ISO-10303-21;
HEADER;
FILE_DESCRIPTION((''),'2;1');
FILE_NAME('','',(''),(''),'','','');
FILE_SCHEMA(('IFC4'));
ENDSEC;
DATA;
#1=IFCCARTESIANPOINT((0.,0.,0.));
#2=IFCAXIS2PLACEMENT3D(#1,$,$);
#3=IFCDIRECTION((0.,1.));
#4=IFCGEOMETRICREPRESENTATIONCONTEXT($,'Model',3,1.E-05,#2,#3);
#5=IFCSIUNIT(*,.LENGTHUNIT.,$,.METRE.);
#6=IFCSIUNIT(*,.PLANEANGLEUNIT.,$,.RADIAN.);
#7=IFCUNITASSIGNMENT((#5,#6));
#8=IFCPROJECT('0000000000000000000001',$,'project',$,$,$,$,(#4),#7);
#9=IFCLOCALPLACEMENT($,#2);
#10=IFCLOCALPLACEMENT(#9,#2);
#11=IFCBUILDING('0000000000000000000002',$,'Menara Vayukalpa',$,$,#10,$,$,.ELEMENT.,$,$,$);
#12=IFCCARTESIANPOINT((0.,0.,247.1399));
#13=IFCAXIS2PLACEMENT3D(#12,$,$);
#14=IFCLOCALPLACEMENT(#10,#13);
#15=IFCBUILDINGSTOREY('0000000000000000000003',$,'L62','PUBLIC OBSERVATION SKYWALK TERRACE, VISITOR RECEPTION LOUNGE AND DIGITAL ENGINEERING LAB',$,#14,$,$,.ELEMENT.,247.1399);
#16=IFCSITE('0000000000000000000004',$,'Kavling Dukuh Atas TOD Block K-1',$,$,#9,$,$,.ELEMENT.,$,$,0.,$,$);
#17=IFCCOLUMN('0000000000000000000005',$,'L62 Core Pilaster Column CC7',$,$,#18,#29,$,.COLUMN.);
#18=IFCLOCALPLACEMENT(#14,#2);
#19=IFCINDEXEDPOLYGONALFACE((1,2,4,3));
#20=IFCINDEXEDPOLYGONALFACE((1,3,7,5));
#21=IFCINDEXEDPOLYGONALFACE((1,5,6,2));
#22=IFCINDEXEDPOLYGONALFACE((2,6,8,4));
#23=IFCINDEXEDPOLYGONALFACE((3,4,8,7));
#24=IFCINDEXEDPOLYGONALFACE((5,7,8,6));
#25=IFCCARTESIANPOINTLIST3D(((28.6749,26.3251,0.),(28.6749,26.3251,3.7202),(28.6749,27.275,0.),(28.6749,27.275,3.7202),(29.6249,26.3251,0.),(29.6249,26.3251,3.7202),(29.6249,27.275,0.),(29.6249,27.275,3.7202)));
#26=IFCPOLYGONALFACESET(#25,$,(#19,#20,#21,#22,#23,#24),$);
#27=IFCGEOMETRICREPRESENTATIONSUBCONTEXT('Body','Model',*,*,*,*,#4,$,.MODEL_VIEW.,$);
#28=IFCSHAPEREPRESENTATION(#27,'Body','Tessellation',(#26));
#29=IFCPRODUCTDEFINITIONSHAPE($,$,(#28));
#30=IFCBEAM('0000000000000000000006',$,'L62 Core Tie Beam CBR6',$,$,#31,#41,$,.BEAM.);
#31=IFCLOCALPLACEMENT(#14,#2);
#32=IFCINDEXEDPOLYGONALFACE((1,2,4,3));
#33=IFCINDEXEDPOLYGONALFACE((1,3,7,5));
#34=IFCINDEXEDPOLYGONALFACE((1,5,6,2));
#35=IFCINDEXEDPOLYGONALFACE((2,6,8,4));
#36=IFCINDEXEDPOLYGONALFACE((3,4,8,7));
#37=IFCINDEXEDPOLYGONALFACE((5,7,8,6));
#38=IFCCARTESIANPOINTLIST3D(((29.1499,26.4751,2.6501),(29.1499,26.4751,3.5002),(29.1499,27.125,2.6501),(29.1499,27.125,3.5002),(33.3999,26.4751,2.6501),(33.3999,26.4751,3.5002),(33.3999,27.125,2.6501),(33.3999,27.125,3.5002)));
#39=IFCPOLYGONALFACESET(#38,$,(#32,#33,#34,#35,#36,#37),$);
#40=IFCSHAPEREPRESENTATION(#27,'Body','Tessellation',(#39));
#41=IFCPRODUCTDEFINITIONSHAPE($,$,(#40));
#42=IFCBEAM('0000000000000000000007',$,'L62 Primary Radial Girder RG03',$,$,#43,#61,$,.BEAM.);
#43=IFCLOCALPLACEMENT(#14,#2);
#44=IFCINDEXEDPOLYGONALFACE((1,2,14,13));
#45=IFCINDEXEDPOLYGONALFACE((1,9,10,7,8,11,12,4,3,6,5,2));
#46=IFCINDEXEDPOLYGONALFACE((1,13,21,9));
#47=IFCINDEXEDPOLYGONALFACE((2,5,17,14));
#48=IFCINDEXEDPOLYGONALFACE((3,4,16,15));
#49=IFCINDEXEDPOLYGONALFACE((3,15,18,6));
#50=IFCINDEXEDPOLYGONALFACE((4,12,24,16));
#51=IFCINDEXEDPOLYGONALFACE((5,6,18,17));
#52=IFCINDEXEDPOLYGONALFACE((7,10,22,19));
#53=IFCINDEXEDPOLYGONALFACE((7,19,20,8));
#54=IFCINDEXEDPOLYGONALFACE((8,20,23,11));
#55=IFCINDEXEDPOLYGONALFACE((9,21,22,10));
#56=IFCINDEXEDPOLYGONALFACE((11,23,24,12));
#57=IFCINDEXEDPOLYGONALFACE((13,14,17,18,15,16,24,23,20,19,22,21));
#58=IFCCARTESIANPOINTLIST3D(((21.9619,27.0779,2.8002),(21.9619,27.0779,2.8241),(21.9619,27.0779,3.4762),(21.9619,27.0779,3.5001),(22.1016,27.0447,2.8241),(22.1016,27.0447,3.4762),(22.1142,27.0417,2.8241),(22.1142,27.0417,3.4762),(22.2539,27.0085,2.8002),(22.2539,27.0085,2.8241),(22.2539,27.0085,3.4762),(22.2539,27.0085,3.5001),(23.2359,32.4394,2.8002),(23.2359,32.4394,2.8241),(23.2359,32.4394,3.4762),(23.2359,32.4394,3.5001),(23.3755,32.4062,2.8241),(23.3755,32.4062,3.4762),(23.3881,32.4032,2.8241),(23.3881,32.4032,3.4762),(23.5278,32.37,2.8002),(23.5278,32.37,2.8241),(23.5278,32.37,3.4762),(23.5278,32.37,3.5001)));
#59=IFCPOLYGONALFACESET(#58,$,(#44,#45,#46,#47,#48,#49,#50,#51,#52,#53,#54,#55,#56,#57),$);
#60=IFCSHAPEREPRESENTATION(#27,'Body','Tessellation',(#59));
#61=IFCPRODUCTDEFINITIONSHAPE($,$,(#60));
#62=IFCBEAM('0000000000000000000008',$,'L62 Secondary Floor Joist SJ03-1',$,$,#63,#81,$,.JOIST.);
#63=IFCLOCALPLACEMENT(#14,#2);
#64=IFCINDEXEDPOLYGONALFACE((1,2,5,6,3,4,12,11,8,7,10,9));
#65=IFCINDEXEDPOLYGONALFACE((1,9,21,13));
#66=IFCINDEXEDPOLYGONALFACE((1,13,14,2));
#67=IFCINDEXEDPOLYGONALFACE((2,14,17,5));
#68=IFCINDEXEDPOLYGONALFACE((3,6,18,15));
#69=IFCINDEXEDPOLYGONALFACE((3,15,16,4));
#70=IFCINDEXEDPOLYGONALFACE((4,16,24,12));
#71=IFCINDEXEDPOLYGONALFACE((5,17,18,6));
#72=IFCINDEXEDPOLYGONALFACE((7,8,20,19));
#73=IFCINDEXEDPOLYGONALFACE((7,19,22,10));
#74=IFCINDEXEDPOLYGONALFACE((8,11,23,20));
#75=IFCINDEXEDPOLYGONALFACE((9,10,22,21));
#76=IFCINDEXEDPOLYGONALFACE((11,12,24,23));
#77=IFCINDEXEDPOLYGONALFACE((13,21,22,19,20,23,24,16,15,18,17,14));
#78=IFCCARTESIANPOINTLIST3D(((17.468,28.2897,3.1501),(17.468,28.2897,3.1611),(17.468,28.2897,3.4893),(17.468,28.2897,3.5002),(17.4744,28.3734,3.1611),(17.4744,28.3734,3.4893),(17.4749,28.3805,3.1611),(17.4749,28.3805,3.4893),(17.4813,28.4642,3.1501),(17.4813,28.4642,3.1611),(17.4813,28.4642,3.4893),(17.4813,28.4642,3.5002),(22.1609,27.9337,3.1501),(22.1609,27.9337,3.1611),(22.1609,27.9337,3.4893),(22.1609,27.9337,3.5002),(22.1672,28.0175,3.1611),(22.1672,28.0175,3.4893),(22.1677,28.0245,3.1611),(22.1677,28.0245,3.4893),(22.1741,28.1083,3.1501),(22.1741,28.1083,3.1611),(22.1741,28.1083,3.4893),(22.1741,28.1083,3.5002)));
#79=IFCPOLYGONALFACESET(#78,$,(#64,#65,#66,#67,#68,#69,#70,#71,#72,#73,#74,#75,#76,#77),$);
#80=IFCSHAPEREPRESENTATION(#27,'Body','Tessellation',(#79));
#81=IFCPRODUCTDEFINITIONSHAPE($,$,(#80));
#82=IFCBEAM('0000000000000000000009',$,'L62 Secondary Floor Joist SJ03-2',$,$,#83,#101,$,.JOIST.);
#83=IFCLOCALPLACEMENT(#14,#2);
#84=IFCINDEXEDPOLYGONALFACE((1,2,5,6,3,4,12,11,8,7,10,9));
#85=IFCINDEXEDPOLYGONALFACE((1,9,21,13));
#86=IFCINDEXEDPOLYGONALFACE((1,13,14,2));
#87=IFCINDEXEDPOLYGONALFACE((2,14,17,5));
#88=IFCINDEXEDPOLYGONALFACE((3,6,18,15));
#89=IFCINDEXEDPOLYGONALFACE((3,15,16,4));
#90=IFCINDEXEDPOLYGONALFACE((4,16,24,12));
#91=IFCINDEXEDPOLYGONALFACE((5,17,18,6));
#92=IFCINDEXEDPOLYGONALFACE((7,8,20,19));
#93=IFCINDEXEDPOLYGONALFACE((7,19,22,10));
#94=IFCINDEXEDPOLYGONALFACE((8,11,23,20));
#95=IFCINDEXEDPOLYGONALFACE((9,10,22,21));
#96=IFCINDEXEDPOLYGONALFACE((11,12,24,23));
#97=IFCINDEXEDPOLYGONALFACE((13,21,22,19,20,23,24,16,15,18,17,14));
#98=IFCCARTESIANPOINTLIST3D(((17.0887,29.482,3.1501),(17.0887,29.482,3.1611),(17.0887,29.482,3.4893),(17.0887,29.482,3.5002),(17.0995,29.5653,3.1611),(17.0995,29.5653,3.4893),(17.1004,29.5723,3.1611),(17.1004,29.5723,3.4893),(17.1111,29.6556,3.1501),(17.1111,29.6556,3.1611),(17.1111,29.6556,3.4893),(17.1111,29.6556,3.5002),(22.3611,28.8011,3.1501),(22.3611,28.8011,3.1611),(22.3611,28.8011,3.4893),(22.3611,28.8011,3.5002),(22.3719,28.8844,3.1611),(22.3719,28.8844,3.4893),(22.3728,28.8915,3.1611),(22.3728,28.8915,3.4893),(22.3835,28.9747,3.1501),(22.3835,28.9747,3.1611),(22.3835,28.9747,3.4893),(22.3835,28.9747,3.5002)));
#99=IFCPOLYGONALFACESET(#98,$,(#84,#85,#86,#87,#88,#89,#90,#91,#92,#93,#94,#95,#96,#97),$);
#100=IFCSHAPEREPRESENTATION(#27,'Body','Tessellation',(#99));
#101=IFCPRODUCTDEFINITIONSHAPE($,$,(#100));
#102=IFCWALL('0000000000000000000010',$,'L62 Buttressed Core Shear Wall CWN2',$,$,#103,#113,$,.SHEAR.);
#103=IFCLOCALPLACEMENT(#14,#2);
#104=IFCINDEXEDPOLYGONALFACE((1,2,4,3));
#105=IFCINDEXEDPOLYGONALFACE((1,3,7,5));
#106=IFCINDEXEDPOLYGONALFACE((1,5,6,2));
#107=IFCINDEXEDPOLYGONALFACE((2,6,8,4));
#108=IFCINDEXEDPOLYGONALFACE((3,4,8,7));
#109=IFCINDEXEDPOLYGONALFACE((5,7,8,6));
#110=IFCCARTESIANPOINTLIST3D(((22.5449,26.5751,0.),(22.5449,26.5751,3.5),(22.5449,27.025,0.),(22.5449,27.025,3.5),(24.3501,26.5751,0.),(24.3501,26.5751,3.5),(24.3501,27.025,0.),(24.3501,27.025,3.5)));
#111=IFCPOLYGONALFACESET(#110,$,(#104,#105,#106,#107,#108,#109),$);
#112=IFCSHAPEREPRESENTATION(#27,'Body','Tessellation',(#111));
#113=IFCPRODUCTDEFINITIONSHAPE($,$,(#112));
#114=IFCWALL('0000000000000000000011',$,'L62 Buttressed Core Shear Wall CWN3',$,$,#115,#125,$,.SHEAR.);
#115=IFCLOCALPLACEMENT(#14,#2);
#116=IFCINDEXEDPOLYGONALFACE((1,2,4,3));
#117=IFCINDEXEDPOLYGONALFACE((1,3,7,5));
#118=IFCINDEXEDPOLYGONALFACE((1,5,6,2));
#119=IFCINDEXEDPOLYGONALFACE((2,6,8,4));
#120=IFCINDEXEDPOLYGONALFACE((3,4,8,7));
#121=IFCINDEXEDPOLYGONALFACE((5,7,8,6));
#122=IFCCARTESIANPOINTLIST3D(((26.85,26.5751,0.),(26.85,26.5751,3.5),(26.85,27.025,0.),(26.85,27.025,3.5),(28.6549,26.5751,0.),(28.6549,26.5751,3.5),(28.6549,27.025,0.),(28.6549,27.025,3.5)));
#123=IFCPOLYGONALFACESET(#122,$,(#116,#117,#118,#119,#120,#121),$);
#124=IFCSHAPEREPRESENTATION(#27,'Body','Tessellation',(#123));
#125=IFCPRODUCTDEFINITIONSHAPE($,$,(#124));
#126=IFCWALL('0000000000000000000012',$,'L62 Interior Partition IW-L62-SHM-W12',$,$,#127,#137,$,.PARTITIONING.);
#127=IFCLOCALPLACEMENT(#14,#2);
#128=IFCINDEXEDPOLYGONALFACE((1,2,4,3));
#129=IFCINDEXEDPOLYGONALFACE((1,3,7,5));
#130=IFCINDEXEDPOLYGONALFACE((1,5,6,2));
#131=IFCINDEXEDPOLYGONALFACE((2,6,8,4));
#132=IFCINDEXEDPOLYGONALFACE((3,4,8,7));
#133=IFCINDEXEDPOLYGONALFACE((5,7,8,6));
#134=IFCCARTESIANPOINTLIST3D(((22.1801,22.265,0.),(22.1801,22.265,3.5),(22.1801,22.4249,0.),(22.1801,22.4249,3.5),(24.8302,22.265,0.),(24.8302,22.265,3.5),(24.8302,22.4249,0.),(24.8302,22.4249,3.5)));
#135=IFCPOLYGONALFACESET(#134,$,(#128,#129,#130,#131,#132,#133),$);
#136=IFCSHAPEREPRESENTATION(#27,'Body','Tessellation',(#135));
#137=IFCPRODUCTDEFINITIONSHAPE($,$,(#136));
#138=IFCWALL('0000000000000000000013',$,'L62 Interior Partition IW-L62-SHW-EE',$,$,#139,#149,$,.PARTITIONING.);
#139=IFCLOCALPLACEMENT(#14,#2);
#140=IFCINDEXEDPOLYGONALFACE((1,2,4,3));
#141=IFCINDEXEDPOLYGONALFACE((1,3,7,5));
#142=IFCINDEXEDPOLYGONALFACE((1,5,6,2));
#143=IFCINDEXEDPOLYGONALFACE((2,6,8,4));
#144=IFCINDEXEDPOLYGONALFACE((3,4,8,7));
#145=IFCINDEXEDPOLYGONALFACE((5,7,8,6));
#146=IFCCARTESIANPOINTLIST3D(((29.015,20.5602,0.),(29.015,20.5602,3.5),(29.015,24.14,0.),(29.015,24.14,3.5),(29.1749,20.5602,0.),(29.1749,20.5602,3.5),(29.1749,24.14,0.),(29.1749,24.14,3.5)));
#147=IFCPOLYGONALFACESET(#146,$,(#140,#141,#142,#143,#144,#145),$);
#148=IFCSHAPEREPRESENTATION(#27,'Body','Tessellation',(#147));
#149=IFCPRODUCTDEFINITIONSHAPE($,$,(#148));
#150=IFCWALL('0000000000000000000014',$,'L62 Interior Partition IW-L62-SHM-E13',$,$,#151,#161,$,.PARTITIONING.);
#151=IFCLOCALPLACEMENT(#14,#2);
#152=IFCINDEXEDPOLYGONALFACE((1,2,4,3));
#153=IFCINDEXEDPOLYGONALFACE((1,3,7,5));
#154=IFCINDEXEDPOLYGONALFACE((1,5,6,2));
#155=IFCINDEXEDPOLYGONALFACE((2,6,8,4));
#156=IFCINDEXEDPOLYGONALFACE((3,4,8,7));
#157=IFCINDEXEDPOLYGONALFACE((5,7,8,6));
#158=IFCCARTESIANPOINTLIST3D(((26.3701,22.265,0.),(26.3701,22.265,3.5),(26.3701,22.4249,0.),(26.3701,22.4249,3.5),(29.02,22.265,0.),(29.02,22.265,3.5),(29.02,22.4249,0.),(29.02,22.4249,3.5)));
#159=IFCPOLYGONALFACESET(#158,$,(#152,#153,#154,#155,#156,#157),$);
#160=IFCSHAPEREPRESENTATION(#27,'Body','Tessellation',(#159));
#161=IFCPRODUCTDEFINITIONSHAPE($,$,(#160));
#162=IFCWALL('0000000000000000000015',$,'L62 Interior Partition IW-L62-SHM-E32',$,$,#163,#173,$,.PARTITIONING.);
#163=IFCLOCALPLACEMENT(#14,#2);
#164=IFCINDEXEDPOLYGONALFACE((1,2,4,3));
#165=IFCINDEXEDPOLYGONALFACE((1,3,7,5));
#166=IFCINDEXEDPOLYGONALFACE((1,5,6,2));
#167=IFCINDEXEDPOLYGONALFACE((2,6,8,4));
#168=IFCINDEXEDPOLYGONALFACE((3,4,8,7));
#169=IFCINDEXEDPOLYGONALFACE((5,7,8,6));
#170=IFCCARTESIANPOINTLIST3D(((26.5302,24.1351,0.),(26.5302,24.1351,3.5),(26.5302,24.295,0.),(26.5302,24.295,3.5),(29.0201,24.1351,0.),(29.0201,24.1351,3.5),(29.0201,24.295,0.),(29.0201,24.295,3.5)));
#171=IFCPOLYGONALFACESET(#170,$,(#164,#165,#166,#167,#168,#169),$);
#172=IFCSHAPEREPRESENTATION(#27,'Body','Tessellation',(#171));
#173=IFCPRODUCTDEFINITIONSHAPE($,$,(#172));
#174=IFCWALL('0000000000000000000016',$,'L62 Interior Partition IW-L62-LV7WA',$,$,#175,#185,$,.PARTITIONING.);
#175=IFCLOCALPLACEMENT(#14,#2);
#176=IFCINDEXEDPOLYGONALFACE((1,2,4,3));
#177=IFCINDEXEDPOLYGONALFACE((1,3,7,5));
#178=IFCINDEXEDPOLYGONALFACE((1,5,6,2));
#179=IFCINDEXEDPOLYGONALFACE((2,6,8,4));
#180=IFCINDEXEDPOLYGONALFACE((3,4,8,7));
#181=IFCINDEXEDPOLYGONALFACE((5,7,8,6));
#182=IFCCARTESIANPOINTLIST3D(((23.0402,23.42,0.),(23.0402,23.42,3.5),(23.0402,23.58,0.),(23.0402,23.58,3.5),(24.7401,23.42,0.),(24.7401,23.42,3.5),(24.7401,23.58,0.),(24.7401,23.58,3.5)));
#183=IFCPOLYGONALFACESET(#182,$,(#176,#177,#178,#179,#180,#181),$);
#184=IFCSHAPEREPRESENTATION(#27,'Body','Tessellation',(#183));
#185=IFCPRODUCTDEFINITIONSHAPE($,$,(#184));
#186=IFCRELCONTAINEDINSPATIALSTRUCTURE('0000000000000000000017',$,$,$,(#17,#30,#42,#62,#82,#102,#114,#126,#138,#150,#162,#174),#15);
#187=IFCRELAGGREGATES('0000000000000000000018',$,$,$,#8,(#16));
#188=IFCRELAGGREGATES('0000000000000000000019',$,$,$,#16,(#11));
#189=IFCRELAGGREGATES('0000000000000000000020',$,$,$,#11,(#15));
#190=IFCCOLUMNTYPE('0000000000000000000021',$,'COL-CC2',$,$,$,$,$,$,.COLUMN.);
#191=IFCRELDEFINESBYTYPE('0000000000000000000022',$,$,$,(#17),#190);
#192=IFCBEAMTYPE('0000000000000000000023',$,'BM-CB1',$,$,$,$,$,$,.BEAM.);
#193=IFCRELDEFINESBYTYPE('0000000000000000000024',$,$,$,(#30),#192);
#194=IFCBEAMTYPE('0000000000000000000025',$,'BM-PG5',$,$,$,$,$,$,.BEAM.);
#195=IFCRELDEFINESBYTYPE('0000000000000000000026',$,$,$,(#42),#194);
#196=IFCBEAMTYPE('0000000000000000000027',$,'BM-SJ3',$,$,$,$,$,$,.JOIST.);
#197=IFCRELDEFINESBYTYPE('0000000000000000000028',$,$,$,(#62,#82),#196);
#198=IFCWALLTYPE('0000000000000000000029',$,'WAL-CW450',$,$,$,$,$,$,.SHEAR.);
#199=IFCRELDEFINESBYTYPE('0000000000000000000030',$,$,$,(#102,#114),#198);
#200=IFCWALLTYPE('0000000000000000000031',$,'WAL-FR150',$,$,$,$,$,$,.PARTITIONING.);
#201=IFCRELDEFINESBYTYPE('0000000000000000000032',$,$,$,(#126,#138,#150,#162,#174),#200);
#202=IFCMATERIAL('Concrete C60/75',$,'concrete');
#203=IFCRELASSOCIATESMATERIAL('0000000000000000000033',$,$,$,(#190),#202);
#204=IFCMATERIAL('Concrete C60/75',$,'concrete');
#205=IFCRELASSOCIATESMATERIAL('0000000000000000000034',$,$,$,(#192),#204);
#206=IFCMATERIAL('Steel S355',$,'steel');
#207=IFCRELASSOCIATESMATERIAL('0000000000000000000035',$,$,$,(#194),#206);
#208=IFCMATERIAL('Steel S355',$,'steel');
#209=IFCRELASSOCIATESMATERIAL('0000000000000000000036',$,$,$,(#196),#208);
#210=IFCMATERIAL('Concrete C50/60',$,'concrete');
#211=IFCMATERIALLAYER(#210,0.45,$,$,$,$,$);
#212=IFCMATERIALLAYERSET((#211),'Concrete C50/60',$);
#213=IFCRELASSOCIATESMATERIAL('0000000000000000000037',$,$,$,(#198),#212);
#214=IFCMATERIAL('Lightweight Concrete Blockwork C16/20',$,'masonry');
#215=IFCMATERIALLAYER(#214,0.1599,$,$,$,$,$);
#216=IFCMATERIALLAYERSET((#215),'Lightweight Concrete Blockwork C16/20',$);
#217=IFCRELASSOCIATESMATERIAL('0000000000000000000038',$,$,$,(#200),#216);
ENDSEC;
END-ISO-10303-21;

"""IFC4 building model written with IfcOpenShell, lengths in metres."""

from ifc_helpers import new_model, si_unit, direction, frame, frame_2d, origin, origin_2d, place, context, subcontext, project, spatial, rectangle, i_section, extrude, material, layer, layer_set, material_profile, profile_set, type_object, element, save


model = new_model("IFC4")

# Units and contexts
model_context = context("Model", 3, precision=1e-05, world=origin(), true_north=direction((0.0, 1.0)))
body_context = subcontext(model_context, "Body", "Model", "MODEL_VIEW")
ifc_project = project(units=[si_unit("LENGTHUNIT", "METRE"), si_unit("PLANEANGLEUNIT", "RADIAN")], contexts=[model_context])

# Site, building, storey
site_placement = place(None, origin())
site = spatial("IfcSite", under=ifc_project, at=site_placement, Name="Kavling Dukuh Atas TOD Block K-1", CompositionType="ELEMENT", RefElevation=0.0)
building_placement = place(site_placement, origin())
building = spatial("IfcBuilding", under=site, at=building_placement, Name="Menara Vayukalpa", CompositionType="ELEMENT")
storey_placement = place(building_placement, frame((0.0, 0.0, 247.1399)))
storey = spatial("IfcBuildingStorey", under=building, at=storey_placement, Name="L62", Description="PUBLIC OBSERVATION SKYWALK TERRACE, VISITOR RECEPTION LOUNGE AND DIGITAL ENGINEERING LAB", CompositionType="ELEMENT", Elevation=247.1399)

# Column
ifc_material_1 = material(Name="Concrete C60/75", Category="concrete")
ifc_material_profile_1 = material_profile(ifc_material_1, rectangle(XDim=0.95, YDim=0.95, at=origin_2d()), Name="RC 950x950")
ifc_profile_set_1 = profile_set([ifc_material_profile_1], Name="Concrete C60/75")
column_type = type_object("IfcColumnType", Name="COL-CC2", PredefinedType="COLUMN", material=ifc_profile_set_1)
column_placement = place(storey_placement, frame((29.1499, 26.8, 0.0), z_axis=(0.0, 0.0, 1.0), x_axis=(1.0, 0.0, 0.0)))
element("IfcColumn", 1, at=column_placement, inside=storey, type_object=column_type, Name="L62 Core Pilaster Column CC7", PredefinedType="COLUMN", context=body_context, shape_type="SweptSolid", body=[
    extrude(rectangle(XDim=0.95, YDim=0.95, at=origin_2d()), origin(), (0.0, 0.0, 1.0), 3.7202),
])

# Beams
ifc_material_2 = material(Name="Concrete C60/75", Category="concrete")
ifc_material_profile_2 = material_profile(ifc_material_2, rectangle(XDim=0.6499, YDim=0.8501, at=origin_2d()), Name="RC 650x850")
ifc_profile_set_2 = profile_set([ifc_material_profile_2], Name="Concrete C60/75")
beam_type_1 = type_object("IfcBeamType", Name="BM-CB1", PredefinedType="BEAM", material=ifc_profile_set_2)
beam_1_placement = place(storey_placement, frame((29.1499, 26.8, 3.0752), z_axis=(1.0, 0.0, 0.0), x_axis=(0.0, 1.0, 0.0)))
element("IfcBeam", 2, at=beam_1_placement, inside=storey, type_object=beam_type_1, Name="L62 Core Tie Beam CBR6", PredefinedType="BEAM", context=body_context, shape_type="SweptSolid", body=[
    extrude(rectangle(XDim=0.6499, YDim=0.8501, at=origin_2d()), origin(), (0.0, 0.0, 1.0), 4.25),
])
ifc_material_3 = material(Name="Steel S355", Category="steel")
ifc_material_profile_3 = material_profile(ifc_material_3, i_section(OverallWidth=0.3, OverallDepth=0.7, WebThickness=0.0129, FlangeThickness=0.0239, at=origin_2d()), Name="WF 700x300x13x24")
ifc_profile_set_3 = profile_set([ifc_material_profile_3], Name="Steel S355")
beam_type_2 = type_object("IfcBeamType", Name="BM-PG5", PredefinedType="BEAM", material=ifc_profile_set_3)
beam_2_placement = place(storey_placement, frame((22.1079, 27.0432, 3.1501), z_axis=(0.231167, 0.972914, 0.0), x_axis=(-0.972914, 0.231167, 0.0)))
element("IfcBeam", 3, at=beam_2_placement, inside=storey, type_object=beam_type_2, Name="L62 Primary Radial Girder RG03", PredefinedType="BEAM", context=body_context, shape_type="SweptSolid", body=[
    extrude(i_section(OverallWidth=0.3, OverallDepth=0.7, WebThickness=0.0129, FlangeThickness=0.0239, at=origin_2d()), origin(), (0.0, 0.0, 1.0), 5.5107),
])
ifc_material_4 = material(Name="Steel S355", Category="steel")
ifc_material_profile_4 = material_profile(ifc_material_4, i_section(OverallWidth=0.175, OverallDepth=0.3501, WebThickness=0.0071, FlangeThickness=0.011, at=origin_2d()), Name="WF 350x175x7x11")
ifc_profile_set_4 = profile_set([ifc_material_profile_4], Name="Steel S355")
beam_type_3 = type_object("IfcBeamType", Name="BM-SJ3", PredefinedType="JOIST", material=ifc_profile_set_4)
beam_3_placement = place(storey_placement, frame((22.1675, 28.021, 3.3252), z_axis=(-0.997136, 0.075633, 0.0), x_axis=(-0.075633, -0.997136, 0.0)))
element("IfcBeam", 4, at=beam_3_placement, inside=storey, type_object=beam_type_3, Name="L62 Secondary Floor Joist SJ03-1", PredefinedType="JOIST", context=body_context, shape_type="SweptSolid", body=[
    extrude(i_section(OverallWidth=0.175, OverallDepth=0.3501, WebThickness=0.0071, FlangeThickness=0.011, at=origin_2d()), origin(), (0.0, 0.0, 1.0), 4.7063),
])
beam_4_placement = place(storey_placement, frame((22.3723, 28.8879, 3.3252), z_axis=(-0.991764, 0.128081, 0.0), x_axis=(-0.128081, -0.991764, 0.0)))
element("IfcBeam", 5, at=beam_4_placement, inside=storey, type_object=beam_type_3, Name="L62 Secondary Floor Joist SJ03-2", PredefinedType="JOIST", context=body_context, shape_type="SweptSolid", body=[
    extrude(i_section(OverallWidth=0.175, OverallDepth=0.3501, WebThickness=0.0071, FlangeThickness=0.011, at=origin_2d()), origin(), (0.0, 0.0, 1.0), 5.3162),
])

# Walls
ifc_material_5 = material(Name="Concrete C50/60", Category="concrete")
ifc_layer_1 = layer(ifc_material_5, 0.45)
ifc_layer_set_1 = layer_set([ifc_layer_1], Name="Concrete C50/60")
wall_type_1 = type_object("IfcWallType", Name="WAL-CW450", PredefinedType="SHEAR", material=ifc_layer_set_1)
wall_1_placement = place(storey_placement, frame((22.5449, 26.8, 0.0), z_axis=(0.0, 0.0, 1.0), x_axis=(1.0, 0.0, 0.0)))
element("IfcWall", 6, at=wall_1_placement, inside=storey, type_object=wall_type_1, Name="L62 Buttressed Core Shear Wall CWN2", PredefinedType="SHEAR", context=body_context, shape_type="SweptSolid", body=[
    extrude(rectangle(XDim=1.8052, YDim=0.45, at=frame_2d((0.9026, 0.0))), origin(), (0.0, 0.0, 1.0), 3.5),
])
wall_2_placement = place(storey_placement, frame((26.8501, 26.8, 0.0), z_axis=(0.0, 0.0, 1.0), x_axis=(1.0, 0.0, 0.0)))
element("IfcWall", 7, at=wall_2_placement, inside=storey, type_object=wall_type_1, Name="L62 Buttressed Core Shear Wall CWN3", PredefinedType="SHEAR", context=body_context, shape_type="SweptSolid", body=[
    extrude(rectangle(XDim=1.8049, YDim=0.45, at=frame_2d((0.9023, 0.0))), origin(), (0.0, 0.0, 1.0), 3.5),
])
ifc_material_6 = material(Name="Lightweight Concrete Blockwork C16/20", Category="masonry")
ifc_layer_2 = layer(ifc_material_6, 0.1599)
ifc_layer_set_2 = layer_set([ifc_layer_2], Name="Lightweight Concrete Blockwork C16/20")
wall_type_2 = type_object("IfcWallType", Name="WAL-FR150", PredefinedType="PARTITIONING", material=ifc_layer_set_2)
wall_3_placement = place(storey_placement, frame((22.1799, 22.345, 0.0), z_axis=(0.0, 0.0, 1.0), x_axis=(1.0, 0.0, 0.0)))
element("IfcWall", 8, at=wall_3_placement, inside=storey, type_object=wall_type_2, Name="L62 Interior Partition IW-L62-SHM-W12", PredefinedType="PARTITIONING", context=body_context, shape_type="SweptSolid", body=[
    extrude(rectangle(XDim=2.6501, YDim=0.1599, at=frame_2d((1.3252, 0.0))), origin(), (0.0, 0.0, 1.0), 3.5),
])
wall_4_placement = place(storey_placement, frame((29.095, 20.5601, 0.0), z_axis=(0.0, 0.0, 1.0), x_axis=(0.0, 1.0, 0.0)))
element("IfcWall", 9, at=wall_4_placement, inside=storey, type_object=wall_type_2, Name="L62 Interior Partition IW-L62-SHW-EE", PredefinedType="PARTITIONING", context=body_context, shape_type="SweptSolid", body=[
    extrude(rectangle(XDim=3.5798, YDim=0.1599, at=frame_2d((1.79, 0.0))), origin(), (0.0, 0.0, 1.0), 3.5),
])
wall_5_placement = place(storey_placement, frame((26.3701, 22.345, 0.0), z_axis=(0.0, 0.0, 1.0), x_axis=(1.0, 0.0, 0.0)))
element("IfcWall", 10, at=wall_5_placement, inside=storey, type_object=wall_type_2, Name="L62 Interior Partition IW-L62-SHM-E13", PredefinedType="PARTITIONING", context=body_context, shape_type="SweptSolid", body=[
    extrude(rectangle(XDim=2.6499, YDim=0.1599, at=frame_2d((1.325, 0.0))), origin(), (0.0, 0.0, 1.0), 3.5),
])
wall_6_placement = place(storey_placement, frame((26.53, 24.2151, 0.0), z_axis=(0.0, 0.0, 1.0), x_axis=(1.0, 0.0, 0.0)))
element("IfcWall", 11, at=wall_6_placement, inside=storey, type_object=wall_type_2, Name="L62 Interior Partition IW-L62-SHM-E32", PredefinedType="PARTITIONING", context=body_context, shape_type="SweptSolid", body=[
    extrude(rectangle(XDim=2.49, YDim=0.1599, at=frame_2d((1.2451, 0.0))), origin(), (0.0, 0.0, 1.0), 3.5),
])
wall_7_placement = place(storey_placement, frame((23.04, 23.5, 0.0), z_axis=(0.0, 0.0, 1.0), x_axis=(1.0, 0.0, 0.0)))
element("IfcWall", 12, at=wall_7_placement, inside=storey, type_object=wall_type_2, Name="L62 Interior Partition IW-L62-LV7WA", PredefinedType="PARTITIONING", context=body_context, shape_type="SweptSolid", body=[
    extrude(rectangle(XDim=1.7, YDim=0.1599, at=frame_2d((0.8501, 0.0))), origin(), (0.0, 0.0, 1.0), 3.5),
])

save(model, "model.ifc")
